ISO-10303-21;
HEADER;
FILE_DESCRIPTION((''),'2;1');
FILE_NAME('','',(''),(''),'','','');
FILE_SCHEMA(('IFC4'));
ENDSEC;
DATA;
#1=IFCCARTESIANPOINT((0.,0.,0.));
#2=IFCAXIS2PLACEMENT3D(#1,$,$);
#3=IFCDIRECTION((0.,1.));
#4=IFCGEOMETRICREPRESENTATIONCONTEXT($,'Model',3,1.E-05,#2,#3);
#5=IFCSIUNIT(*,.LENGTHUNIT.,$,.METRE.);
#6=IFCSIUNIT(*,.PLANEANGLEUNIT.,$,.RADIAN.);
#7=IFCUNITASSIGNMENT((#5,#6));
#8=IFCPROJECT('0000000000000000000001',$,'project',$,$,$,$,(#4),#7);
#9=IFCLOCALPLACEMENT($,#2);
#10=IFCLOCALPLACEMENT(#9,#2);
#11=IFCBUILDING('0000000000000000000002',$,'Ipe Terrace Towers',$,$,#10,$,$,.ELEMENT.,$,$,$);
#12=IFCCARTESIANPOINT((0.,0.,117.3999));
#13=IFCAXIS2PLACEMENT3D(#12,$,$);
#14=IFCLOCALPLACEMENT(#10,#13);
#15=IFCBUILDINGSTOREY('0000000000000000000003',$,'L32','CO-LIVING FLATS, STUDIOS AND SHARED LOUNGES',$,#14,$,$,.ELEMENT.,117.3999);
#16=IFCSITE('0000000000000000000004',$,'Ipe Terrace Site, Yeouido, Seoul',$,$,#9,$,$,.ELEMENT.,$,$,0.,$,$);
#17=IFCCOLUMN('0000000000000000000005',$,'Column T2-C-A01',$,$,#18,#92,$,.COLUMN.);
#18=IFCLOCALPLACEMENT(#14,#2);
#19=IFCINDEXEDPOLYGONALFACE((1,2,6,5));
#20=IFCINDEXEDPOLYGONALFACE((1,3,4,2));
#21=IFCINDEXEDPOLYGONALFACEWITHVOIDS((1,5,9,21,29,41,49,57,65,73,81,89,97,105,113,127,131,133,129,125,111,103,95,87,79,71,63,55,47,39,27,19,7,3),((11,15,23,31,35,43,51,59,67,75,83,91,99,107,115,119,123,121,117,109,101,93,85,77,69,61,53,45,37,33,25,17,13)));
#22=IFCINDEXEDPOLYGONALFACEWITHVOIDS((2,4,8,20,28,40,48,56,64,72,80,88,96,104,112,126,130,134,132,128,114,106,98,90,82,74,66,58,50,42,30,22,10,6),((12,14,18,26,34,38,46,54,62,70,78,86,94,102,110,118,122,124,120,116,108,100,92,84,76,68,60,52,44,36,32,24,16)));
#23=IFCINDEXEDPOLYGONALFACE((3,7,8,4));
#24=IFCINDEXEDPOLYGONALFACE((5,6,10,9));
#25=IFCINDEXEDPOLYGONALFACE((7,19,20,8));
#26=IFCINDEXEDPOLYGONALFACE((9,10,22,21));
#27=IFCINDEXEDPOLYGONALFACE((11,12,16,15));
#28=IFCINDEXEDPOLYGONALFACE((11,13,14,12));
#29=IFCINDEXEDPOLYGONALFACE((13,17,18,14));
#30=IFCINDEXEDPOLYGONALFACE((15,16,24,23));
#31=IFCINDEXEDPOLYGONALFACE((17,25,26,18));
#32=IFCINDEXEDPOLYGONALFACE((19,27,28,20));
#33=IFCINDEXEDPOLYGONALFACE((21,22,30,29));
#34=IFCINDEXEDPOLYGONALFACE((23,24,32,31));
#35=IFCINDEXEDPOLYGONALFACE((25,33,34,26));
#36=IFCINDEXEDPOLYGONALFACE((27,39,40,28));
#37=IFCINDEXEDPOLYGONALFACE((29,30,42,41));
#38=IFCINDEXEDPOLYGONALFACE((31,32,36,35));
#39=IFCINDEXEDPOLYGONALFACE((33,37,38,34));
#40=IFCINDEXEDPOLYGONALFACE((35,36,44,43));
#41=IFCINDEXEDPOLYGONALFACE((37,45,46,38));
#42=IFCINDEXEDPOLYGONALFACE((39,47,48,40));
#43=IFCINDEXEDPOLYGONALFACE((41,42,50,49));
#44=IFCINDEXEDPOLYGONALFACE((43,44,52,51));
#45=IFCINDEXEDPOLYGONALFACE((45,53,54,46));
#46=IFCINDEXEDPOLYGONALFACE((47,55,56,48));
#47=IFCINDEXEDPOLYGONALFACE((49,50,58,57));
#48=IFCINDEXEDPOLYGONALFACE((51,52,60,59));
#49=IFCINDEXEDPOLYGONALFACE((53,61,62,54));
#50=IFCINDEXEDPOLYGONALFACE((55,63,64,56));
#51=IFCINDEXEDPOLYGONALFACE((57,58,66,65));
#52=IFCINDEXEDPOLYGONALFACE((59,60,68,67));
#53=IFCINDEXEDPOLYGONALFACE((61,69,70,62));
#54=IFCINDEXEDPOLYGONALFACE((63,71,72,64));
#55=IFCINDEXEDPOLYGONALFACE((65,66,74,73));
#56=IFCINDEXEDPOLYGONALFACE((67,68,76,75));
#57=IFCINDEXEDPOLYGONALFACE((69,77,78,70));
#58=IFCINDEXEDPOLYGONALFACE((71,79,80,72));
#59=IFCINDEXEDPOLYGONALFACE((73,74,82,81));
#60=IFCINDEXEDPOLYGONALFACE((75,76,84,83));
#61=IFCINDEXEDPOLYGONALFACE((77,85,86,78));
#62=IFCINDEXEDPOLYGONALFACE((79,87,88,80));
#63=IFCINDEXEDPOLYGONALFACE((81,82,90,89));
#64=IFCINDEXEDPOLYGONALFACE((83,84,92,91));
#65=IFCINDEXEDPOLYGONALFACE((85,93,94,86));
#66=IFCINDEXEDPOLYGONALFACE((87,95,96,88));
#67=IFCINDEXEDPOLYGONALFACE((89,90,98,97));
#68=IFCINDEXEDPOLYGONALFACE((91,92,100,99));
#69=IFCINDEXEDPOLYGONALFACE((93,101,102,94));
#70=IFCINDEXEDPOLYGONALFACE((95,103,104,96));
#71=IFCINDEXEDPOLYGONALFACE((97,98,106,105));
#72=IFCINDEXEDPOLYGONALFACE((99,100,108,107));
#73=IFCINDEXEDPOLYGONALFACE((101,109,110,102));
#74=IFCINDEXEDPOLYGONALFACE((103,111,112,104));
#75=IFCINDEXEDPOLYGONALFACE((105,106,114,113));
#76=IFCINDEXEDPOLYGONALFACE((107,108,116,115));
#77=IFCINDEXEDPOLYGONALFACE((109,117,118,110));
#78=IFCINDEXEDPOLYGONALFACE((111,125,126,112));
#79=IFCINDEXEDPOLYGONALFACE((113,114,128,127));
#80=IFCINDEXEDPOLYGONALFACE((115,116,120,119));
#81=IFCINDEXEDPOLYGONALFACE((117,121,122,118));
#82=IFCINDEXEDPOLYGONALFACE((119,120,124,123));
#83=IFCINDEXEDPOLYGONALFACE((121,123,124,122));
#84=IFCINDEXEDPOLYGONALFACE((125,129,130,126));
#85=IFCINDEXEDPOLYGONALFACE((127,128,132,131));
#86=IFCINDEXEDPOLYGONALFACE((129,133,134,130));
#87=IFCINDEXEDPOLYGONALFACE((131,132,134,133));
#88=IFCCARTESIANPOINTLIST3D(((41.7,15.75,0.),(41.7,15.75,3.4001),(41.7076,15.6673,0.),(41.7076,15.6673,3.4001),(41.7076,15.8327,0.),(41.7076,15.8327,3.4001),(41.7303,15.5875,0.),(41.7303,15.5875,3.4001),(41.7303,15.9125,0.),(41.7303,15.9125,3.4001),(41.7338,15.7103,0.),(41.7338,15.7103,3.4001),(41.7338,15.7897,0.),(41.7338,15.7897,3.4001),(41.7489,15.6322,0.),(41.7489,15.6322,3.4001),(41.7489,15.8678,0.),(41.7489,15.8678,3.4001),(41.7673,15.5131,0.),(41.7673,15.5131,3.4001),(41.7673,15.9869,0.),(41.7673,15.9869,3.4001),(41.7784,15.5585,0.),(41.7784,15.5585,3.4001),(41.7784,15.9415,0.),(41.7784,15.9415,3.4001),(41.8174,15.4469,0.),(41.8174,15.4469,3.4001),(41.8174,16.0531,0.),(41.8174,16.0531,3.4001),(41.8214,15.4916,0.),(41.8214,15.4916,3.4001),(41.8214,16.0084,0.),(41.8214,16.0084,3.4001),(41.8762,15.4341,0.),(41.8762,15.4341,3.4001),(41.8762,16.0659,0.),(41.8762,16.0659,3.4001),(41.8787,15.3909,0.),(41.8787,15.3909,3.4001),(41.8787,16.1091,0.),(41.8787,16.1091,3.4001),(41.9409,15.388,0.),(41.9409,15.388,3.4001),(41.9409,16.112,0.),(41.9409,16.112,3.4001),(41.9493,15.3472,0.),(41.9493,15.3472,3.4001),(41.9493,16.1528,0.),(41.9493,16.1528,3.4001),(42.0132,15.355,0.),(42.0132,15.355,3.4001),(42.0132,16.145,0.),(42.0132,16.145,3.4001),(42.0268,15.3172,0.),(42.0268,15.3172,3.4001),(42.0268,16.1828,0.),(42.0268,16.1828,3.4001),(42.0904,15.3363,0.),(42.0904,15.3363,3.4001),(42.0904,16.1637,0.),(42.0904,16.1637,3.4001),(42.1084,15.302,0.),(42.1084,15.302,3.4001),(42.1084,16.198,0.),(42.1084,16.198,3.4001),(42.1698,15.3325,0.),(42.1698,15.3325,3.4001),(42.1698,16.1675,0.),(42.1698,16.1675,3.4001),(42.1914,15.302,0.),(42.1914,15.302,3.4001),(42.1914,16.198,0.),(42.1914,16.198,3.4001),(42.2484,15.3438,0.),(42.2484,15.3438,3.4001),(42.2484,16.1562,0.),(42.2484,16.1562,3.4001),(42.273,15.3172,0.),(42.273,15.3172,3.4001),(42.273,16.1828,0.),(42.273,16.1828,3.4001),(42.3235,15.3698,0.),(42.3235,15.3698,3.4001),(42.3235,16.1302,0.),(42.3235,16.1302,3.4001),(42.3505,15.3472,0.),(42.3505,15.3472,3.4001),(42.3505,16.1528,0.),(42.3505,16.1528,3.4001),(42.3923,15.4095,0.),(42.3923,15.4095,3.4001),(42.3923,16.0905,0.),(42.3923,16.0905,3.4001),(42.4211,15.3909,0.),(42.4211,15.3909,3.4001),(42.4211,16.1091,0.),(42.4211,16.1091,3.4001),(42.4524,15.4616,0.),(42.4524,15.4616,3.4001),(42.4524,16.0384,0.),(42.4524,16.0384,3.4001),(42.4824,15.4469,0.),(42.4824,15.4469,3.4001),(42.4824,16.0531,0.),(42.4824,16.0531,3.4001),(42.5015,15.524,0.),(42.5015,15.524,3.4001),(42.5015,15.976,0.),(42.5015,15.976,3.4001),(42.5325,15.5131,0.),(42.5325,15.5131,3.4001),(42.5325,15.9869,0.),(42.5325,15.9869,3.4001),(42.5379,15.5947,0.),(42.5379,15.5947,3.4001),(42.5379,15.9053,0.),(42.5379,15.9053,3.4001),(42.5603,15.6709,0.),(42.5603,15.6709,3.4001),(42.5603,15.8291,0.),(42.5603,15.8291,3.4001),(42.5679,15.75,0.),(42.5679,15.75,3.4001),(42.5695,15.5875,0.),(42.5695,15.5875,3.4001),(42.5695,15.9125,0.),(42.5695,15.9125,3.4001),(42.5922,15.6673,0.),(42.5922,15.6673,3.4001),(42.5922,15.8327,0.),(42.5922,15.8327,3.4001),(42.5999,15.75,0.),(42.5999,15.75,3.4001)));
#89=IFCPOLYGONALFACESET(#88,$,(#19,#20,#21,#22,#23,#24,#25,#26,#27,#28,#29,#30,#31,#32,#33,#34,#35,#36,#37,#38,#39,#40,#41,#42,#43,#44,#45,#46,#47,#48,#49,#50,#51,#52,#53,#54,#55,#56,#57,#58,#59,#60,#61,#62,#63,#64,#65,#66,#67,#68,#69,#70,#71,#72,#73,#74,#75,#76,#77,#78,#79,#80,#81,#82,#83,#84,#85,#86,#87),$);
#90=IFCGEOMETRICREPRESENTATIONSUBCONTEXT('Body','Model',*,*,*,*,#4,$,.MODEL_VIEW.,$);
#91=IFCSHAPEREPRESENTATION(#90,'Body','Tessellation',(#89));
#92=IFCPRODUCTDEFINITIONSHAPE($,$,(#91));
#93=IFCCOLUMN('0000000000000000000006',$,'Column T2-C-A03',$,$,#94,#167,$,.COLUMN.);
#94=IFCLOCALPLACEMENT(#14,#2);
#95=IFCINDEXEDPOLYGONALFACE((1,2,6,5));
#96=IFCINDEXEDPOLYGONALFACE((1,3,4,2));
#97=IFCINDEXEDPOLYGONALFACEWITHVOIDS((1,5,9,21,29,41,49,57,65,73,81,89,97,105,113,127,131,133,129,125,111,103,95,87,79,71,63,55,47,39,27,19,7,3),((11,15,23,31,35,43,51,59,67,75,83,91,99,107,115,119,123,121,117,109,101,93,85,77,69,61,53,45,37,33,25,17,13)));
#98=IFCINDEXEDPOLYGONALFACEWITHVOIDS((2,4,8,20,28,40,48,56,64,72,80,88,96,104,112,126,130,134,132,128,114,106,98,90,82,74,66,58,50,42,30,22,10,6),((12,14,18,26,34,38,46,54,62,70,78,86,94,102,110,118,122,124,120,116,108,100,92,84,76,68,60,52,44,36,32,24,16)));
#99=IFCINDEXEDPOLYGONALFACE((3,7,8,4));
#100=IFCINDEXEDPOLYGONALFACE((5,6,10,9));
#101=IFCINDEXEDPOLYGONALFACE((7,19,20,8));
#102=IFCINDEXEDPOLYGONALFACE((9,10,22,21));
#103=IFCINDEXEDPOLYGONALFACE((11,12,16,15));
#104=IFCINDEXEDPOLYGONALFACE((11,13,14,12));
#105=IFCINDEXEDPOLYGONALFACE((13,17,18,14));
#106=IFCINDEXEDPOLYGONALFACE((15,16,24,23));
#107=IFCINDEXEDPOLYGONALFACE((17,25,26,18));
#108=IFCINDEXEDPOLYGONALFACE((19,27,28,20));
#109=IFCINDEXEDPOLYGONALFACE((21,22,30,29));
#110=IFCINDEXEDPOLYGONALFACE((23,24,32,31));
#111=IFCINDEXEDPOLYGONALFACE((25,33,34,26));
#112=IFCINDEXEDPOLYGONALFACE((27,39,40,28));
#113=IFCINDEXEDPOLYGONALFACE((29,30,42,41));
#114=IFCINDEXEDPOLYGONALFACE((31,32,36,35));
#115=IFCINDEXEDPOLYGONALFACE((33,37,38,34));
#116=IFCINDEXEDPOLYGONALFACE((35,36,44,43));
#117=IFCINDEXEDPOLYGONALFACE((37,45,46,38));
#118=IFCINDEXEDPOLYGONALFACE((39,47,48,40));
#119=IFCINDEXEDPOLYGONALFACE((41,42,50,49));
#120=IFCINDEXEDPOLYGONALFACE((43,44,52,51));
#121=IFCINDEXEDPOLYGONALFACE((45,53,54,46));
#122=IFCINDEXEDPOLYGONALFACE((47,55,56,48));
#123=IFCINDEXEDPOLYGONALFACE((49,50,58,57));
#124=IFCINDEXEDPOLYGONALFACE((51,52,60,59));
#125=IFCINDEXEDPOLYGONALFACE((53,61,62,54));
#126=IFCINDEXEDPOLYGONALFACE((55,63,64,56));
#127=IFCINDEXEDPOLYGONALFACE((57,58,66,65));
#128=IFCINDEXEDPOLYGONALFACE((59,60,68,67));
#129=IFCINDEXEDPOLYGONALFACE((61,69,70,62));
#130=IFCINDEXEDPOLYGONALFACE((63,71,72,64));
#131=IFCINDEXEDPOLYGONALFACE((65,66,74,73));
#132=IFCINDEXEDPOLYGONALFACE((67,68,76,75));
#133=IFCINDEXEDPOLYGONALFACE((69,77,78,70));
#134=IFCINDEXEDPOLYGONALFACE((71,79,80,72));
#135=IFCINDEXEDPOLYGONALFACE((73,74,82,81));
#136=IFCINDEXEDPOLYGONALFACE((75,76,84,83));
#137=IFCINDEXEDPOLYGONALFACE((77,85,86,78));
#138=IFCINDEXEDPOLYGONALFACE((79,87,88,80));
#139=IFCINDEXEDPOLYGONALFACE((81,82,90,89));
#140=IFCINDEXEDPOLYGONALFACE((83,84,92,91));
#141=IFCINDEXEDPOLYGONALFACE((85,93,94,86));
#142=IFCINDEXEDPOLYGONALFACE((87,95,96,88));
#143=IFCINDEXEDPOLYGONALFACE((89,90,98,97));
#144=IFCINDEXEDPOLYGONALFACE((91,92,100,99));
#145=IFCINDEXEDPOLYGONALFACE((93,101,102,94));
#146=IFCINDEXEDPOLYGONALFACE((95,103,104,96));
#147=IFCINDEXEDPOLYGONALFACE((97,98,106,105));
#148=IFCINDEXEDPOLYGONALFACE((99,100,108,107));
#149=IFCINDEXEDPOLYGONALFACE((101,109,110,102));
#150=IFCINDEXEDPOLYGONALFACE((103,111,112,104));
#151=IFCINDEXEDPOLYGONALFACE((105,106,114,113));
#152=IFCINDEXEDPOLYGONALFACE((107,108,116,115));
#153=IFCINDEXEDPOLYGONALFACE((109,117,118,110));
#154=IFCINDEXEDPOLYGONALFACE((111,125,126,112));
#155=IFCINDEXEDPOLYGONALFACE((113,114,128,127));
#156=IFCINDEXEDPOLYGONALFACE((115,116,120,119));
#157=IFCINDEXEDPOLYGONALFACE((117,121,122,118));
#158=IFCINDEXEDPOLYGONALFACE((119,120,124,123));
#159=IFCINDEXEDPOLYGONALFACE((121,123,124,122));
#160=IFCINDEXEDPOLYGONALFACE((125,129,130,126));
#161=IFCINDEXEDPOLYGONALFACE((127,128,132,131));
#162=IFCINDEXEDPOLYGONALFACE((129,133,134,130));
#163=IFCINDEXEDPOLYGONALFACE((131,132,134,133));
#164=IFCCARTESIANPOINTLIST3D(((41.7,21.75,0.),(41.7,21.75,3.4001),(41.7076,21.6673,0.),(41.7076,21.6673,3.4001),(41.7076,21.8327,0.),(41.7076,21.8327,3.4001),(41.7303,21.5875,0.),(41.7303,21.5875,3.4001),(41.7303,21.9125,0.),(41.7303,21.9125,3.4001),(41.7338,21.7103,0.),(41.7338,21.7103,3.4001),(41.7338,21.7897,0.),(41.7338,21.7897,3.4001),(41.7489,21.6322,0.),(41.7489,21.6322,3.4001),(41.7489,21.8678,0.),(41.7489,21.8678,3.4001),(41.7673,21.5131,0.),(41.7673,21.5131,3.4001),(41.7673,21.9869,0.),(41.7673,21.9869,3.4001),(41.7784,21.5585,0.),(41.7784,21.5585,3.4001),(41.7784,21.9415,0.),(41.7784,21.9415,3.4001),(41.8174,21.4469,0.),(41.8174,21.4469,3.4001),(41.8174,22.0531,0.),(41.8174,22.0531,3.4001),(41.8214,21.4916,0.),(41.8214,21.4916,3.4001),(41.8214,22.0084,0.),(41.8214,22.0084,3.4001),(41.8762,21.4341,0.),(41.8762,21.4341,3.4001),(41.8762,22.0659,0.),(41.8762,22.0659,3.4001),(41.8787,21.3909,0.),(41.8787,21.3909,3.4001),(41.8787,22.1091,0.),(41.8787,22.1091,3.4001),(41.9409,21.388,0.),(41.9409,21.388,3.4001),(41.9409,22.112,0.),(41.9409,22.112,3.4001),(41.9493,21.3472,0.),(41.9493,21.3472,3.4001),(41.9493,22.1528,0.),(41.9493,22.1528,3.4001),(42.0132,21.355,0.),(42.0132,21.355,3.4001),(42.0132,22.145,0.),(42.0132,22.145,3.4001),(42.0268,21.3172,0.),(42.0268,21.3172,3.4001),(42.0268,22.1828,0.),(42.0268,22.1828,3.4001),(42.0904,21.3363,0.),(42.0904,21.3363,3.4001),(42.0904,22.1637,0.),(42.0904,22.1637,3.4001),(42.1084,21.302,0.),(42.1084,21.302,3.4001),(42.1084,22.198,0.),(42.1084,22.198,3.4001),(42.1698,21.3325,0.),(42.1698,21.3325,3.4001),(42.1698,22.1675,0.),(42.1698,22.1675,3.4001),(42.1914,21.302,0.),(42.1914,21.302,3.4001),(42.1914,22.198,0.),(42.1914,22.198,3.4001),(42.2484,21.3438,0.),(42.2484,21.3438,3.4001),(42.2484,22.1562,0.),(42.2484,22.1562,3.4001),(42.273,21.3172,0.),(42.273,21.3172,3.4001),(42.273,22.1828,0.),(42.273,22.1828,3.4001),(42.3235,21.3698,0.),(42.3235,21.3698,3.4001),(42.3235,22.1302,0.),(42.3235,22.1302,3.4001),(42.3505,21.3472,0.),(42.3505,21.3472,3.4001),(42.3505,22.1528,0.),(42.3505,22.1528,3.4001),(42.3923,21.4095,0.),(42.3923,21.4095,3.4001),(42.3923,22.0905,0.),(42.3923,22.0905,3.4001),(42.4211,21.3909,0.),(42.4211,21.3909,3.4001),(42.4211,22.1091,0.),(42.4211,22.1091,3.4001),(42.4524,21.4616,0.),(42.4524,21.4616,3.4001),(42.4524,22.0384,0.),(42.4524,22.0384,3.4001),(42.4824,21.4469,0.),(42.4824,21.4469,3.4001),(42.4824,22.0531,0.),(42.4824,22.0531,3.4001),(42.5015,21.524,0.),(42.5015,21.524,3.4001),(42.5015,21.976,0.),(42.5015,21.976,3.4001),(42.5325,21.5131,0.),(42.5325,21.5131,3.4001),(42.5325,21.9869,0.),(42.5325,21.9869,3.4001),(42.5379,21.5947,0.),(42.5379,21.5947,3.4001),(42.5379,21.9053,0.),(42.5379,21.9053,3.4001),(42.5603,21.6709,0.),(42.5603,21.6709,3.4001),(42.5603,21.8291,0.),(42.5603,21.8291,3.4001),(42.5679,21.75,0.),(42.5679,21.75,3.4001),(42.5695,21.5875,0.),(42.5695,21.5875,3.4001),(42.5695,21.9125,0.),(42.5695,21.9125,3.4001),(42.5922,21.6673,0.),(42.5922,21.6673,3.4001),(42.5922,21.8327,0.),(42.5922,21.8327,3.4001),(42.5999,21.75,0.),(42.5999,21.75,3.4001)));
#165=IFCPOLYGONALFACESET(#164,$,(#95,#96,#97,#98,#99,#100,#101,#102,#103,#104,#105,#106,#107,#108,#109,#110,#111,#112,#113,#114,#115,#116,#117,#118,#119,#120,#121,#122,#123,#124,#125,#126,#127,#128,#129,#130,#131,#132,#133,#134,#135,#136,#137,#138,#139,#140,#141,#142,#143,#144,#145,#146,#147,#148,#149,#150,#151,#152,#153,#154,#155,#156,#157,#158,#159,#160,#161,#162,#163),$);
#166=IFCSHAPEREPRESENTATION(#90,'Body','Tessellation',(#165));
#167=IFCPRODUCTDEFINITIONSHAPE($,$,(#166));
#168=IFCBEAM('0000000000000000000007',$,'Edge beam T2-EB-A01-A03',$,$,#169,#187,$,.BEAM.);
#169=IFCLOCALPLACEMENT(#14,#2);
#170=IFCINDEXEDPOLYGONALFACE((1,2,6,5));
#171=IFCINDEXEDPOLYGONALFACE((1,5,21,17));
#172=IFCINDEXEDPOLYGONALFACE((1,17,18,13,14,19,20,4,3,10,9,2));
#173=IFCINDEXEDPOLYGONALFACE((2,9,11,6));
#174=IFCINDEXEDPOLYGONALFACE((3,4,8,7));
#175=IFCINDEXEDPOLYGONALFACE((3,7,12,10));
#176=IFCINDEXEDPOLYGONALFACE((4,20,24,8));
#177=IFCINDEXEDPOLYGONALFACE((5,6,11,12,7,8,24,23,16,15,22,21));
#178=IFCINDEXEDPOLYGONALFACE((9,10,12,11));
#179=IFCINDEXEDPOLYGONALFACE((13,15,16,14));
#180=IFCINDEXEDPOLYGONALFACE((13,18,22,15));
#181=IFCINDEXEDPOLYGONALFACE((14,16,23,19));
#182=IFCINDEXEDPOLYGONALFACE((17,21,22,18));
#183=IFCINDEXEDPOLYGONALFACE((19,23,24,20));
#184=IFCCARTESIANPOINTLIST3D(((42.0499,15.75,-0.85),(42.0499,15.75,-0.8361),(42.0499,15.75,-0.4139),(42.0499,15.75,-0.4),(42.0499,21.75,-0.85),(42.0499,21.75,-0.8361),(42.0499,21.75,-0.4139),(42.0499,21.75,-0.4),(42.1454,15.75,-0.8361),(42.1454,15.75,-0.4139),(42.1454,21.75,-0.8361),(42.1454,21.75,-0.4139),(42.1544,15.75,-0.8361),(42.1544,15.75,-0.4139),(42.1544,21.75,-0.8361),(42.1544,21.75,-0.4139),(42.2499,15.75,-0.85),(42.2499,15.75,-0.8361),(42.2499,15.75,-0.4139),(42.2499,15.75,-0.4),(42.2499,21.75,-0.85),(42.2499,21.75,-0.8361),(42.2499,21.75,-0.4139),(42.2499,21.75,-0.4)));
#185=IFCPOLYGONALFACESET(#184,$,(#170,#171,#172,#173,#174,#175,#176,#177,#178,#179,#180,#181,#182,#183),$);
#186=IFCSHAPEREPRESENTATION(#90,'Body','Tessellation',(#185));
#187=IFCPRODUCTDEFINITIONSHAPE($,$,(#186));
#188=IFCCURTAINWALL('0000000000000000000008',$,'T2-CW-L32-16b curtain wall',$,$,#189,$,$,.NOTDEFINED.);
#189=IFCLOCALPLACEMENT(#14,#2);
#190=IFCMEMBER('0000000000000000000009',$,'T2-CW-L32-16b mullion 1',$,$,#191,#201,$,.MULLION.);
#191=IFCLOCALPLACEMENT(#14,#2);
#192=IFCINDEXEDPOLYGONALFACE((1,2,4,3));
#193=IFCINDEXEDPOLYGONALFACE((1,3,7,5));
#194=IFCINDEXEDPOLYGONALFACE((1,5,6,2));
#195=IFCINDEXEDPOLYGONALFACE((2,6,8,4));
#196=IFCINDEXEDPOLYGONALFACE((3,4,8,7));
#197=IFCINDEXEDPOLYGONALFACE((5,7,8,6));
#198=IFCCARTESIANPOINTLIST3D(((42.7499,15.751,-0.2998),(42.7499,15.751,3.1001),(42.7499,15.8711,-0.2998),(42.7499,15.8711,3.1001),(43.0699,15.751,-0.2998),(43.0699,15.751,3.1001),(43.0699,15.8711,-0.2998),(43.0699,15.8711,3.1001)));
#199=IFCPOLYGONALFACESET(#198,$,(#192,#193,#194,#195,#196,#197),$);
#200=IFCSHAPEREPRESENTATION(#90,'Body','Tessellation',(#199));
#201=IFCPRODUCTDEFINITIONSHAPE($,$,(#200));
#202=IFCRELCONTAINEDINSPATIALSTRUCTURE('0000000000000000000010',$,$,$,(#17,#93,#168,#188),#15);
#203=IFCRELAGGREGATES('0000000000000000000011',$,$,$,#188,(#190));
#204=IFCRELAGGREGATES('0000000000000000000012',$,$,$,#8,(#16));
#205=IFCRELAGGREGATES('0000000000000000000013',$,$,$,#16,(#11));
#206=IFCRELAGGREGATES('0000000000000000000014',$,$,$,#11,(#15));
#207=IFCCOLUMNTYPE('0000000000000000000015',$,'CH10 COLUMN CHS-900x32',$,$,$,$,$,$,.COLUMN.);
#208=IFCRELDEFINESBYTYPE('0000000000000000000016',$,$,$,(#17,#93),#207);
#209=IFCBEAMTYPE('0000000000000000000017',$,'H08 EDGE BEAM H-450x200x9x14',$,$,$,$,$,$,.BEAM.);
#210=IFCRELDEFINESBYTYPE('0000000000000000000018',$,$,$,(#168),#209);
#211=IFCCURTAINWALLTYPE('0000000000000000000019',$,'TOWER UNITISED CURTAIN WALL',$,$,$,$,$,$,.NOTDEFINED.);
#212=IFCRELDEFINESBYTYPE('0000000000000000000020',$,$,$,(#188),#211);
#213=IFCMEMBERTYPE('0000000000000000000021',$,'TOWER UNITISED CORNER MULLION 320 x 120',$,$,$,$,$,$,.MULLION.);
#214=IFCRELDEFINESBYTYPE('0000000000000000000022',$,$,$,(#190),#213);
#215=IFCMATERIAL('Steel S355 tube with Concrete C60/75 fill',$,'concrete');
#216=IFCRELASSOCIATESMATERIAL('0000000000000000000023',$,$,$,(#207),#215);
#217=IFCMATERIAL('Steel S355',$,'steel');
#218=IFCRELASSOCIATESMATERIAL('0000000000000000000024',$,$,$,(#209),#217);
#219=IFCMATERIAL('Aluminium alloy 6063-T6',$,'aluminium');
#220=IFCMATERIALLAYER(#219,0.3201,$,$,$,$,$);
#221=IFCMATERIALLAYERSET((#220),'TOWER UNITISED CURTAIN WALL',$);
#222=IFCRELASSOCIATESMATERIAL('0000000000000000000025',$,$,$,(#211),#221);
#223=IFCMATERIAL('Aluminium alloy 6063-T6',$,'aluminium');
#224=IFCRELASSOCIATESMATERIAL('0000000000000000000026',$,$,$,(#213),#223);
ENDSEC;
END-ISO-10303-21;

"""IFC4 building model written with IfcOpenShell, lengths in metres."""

from ifc_helpers import new_model, si_unit, direction, frame, origin, origin_2d, place, context, subcontext, project, spatial, rectangle, hollow_circle, i_section, extrude, material, layer, layer_set, material_profile, profile_set, type_object, element, aggregate, save


model = new_model("IFC4")

# Units and contexts
model_context = context("Model", 3, precision=1e-05, world=origin(), true_north=direction((0.0, 1.0)))
body_context = subcontext(model_context, "Body", "Model", "MODEL_VIEW")
ifc_project = project(units=[si_unit("LENGTHUNIT", "METRE"), si_unit("PLANEANGLEUNIT", "RADIAN")], contexts=[model_context])

# Site, building, storey
site_placement = place(None, origin())
site = spatial("IfcSite", under=ifc_project, at=site_placement, Name="Ipe Terrace Site, Yeouido, Seoul", CompositionType="ELEMENT", RefElevation=0.0)
building_placement = place(site_placement, origin())
building = spatial("IfcBuilding", under=site, at=building_placement, Name="Ipe Terrace Towers", CompositionType="ELEMENT")
storey_placement = place(building_placement, frame((0.0, 0.0, 117.3999)))
storey = spatial("IfcBuildingStorey", under=building, at=storey_placement, Name="L32", Description="CO-LIVING FLATS, STUDIOS AND SHARED LOUNGES", CompositionType="ELEMENT", Elevation=117.3999)

# Columns
ifc_material_1 = material(Name="Steel S355 tube with Concrete C60/75 fill", Category="concrete")
ifc_material_profile_1 = material_profile(ifc_material_1, hollow_circle(Radius=0.45, WallThickness=0.032, at=origin_2d()), Name="CHS-900x32")
ifc_profile_set_1 = profile_set([ifc_material_profile_1], Name="Steel S355 tube with Concrete C60/75 fill")
column_type = type_object("IfcColumnType", Name="CH10 COLUMN CHS-900x32", PredefinedType="COLUMN", material=ifc_profile_set_1)
for number, where, z_axis, x_axis, name in (
    (1, (42.1499, 15.75, 0.0), (0.0, 0.0, 1.0), (1.0, 0.0, 0.0), "Column T2-C-A01"),
    (2, (42.1499, 21.75, 0.0), (0.0, 0.0, 1.0), (1.0, 0.0, 0.0), "Column T2-C-A03"),
):
    element("IfcColumn", number, at=place(storey_placement, frame(where, z_axis=z_axis, x_axis=x_axis)), inside=storey, type_object=column_type, Name=name, PredefinedType="COLUMN", context=body_context, shape_type="SweptSolid", body=[
        extrude(hollow_circle(Radius=0.45, WallThickness=0.032, at=origin_2d()), origin(), (0.0, 0.0, 1.0), 3.4001),
    ])

# Beam
ifc_material_2 = material(Name="Steel S355", Category="steel")
ifc_material_profile_2 = material_profile(ifc_material_2, i_section(OverallWidth=0.2, OverallDepth=0.45, WebThickness=0.009, FlangeThickness=0.0139, at=origin_2d()), Name="H-450x200x9x14")
ifc_profile_set_2 = profile_set([ifc_material_profile_2], Name="Steel S355")
beam_type = type_object("IfcBeamType", Name="H08 EDGE BEAM H-450x200x9x14", PredefinedType="BEAM", material=ifc_profile_set_2)
beam_placement = place(storey_placement, frame((42.1499, 15.75, -0.625), z_axis=(0.0, 1.0, 0.0), x_axis=(-1.0, 0.0, 0.0)))
element("IfcBeam", 3, at=beam_placement, inside=storey, type_object=beam_type, Name="Edge beam T2-EB-A01-A03", PredefinedType="BEAM", context=body_context, shape_type="SweptSolid", body=[
    extrude(i_section(OverallWidth=0.2, OverallDepth=0.45, WebThickness=0.009, FlangeThickness=0.0139, at=origin_2d()), origin(), (0.0, 0.0, 1.0), 6.0),
])

# Curtain wall, member
ifc_material_3 = material(Name="Aluminium alloy 6063-T6", Category="aluminium")
ifc_layer_1 = layer(ifc_material_3, 0.3201)
ifc_layer_set_1 = layer_set([ifc_layer_1], Name="TOWER UNITISED CURTAIN WALL")
curtain_wall_type = type_object("IfcCurtainWallType", Name="TOWER UNITISED CURTAIN WALL", PredefinedType="NOTDEFINED", material=ifc_layer_set_1)
curtain_wall_1_placement = place(storey_placement, origin())
curtain_wall_1 = element("IfcCurtainWall", 4, at=curtain_wall_1_placement, inside=storey, type_object=curtain_wall_type, Name="T2-CW-L32-16b curtain wall", PredefinedType="NOTDEFINED")
ifc_material_4 = material(Name="Aluminium alloy 6063-T6", Category="aluminium")
ifc_material_profile_3 = material_profile(ifc_material_4, rectangle(XDim=0.3201, YDim=0.1201, at=origin_2d()), Name="TOWER UNITISED CORNER MULLION 320 x 120")
ifc_profile_set_3 = profile_set([ifc_material_profile_3], Name="Aluminium alloy 6063-T6")
member_type_1 = type_object("IfcMemberType", Name="TOWER UNITISED CORNER MULLION 320 x 120", PredefinedType="MULLION", material=ifc_profile_set_3)
member_1_placement = place(storey_placement, frame((42.9099, 15.811, -0.2998), z_axis=(0.0, 0.0, 1.0), x_axis=(1.0, 0.0, 0.0)))
member_1 = element("IfcMember", 5, at=member_1_placement, type_object=member_type_1, Name="T2-CW-L32-16b mullion 1", PredefinedType="MULLION", context=body_context, shape_type="SweptSolid", body=[
    extrude(rectangle(XDim=0.3201, YDim=0.1201, at=origin_2d()), origin(), (0.0, 0.0, 1.0), 3.3999),
])

aggregate(curtain_wall_1, [member_1])

save(model, "model.ifc")
